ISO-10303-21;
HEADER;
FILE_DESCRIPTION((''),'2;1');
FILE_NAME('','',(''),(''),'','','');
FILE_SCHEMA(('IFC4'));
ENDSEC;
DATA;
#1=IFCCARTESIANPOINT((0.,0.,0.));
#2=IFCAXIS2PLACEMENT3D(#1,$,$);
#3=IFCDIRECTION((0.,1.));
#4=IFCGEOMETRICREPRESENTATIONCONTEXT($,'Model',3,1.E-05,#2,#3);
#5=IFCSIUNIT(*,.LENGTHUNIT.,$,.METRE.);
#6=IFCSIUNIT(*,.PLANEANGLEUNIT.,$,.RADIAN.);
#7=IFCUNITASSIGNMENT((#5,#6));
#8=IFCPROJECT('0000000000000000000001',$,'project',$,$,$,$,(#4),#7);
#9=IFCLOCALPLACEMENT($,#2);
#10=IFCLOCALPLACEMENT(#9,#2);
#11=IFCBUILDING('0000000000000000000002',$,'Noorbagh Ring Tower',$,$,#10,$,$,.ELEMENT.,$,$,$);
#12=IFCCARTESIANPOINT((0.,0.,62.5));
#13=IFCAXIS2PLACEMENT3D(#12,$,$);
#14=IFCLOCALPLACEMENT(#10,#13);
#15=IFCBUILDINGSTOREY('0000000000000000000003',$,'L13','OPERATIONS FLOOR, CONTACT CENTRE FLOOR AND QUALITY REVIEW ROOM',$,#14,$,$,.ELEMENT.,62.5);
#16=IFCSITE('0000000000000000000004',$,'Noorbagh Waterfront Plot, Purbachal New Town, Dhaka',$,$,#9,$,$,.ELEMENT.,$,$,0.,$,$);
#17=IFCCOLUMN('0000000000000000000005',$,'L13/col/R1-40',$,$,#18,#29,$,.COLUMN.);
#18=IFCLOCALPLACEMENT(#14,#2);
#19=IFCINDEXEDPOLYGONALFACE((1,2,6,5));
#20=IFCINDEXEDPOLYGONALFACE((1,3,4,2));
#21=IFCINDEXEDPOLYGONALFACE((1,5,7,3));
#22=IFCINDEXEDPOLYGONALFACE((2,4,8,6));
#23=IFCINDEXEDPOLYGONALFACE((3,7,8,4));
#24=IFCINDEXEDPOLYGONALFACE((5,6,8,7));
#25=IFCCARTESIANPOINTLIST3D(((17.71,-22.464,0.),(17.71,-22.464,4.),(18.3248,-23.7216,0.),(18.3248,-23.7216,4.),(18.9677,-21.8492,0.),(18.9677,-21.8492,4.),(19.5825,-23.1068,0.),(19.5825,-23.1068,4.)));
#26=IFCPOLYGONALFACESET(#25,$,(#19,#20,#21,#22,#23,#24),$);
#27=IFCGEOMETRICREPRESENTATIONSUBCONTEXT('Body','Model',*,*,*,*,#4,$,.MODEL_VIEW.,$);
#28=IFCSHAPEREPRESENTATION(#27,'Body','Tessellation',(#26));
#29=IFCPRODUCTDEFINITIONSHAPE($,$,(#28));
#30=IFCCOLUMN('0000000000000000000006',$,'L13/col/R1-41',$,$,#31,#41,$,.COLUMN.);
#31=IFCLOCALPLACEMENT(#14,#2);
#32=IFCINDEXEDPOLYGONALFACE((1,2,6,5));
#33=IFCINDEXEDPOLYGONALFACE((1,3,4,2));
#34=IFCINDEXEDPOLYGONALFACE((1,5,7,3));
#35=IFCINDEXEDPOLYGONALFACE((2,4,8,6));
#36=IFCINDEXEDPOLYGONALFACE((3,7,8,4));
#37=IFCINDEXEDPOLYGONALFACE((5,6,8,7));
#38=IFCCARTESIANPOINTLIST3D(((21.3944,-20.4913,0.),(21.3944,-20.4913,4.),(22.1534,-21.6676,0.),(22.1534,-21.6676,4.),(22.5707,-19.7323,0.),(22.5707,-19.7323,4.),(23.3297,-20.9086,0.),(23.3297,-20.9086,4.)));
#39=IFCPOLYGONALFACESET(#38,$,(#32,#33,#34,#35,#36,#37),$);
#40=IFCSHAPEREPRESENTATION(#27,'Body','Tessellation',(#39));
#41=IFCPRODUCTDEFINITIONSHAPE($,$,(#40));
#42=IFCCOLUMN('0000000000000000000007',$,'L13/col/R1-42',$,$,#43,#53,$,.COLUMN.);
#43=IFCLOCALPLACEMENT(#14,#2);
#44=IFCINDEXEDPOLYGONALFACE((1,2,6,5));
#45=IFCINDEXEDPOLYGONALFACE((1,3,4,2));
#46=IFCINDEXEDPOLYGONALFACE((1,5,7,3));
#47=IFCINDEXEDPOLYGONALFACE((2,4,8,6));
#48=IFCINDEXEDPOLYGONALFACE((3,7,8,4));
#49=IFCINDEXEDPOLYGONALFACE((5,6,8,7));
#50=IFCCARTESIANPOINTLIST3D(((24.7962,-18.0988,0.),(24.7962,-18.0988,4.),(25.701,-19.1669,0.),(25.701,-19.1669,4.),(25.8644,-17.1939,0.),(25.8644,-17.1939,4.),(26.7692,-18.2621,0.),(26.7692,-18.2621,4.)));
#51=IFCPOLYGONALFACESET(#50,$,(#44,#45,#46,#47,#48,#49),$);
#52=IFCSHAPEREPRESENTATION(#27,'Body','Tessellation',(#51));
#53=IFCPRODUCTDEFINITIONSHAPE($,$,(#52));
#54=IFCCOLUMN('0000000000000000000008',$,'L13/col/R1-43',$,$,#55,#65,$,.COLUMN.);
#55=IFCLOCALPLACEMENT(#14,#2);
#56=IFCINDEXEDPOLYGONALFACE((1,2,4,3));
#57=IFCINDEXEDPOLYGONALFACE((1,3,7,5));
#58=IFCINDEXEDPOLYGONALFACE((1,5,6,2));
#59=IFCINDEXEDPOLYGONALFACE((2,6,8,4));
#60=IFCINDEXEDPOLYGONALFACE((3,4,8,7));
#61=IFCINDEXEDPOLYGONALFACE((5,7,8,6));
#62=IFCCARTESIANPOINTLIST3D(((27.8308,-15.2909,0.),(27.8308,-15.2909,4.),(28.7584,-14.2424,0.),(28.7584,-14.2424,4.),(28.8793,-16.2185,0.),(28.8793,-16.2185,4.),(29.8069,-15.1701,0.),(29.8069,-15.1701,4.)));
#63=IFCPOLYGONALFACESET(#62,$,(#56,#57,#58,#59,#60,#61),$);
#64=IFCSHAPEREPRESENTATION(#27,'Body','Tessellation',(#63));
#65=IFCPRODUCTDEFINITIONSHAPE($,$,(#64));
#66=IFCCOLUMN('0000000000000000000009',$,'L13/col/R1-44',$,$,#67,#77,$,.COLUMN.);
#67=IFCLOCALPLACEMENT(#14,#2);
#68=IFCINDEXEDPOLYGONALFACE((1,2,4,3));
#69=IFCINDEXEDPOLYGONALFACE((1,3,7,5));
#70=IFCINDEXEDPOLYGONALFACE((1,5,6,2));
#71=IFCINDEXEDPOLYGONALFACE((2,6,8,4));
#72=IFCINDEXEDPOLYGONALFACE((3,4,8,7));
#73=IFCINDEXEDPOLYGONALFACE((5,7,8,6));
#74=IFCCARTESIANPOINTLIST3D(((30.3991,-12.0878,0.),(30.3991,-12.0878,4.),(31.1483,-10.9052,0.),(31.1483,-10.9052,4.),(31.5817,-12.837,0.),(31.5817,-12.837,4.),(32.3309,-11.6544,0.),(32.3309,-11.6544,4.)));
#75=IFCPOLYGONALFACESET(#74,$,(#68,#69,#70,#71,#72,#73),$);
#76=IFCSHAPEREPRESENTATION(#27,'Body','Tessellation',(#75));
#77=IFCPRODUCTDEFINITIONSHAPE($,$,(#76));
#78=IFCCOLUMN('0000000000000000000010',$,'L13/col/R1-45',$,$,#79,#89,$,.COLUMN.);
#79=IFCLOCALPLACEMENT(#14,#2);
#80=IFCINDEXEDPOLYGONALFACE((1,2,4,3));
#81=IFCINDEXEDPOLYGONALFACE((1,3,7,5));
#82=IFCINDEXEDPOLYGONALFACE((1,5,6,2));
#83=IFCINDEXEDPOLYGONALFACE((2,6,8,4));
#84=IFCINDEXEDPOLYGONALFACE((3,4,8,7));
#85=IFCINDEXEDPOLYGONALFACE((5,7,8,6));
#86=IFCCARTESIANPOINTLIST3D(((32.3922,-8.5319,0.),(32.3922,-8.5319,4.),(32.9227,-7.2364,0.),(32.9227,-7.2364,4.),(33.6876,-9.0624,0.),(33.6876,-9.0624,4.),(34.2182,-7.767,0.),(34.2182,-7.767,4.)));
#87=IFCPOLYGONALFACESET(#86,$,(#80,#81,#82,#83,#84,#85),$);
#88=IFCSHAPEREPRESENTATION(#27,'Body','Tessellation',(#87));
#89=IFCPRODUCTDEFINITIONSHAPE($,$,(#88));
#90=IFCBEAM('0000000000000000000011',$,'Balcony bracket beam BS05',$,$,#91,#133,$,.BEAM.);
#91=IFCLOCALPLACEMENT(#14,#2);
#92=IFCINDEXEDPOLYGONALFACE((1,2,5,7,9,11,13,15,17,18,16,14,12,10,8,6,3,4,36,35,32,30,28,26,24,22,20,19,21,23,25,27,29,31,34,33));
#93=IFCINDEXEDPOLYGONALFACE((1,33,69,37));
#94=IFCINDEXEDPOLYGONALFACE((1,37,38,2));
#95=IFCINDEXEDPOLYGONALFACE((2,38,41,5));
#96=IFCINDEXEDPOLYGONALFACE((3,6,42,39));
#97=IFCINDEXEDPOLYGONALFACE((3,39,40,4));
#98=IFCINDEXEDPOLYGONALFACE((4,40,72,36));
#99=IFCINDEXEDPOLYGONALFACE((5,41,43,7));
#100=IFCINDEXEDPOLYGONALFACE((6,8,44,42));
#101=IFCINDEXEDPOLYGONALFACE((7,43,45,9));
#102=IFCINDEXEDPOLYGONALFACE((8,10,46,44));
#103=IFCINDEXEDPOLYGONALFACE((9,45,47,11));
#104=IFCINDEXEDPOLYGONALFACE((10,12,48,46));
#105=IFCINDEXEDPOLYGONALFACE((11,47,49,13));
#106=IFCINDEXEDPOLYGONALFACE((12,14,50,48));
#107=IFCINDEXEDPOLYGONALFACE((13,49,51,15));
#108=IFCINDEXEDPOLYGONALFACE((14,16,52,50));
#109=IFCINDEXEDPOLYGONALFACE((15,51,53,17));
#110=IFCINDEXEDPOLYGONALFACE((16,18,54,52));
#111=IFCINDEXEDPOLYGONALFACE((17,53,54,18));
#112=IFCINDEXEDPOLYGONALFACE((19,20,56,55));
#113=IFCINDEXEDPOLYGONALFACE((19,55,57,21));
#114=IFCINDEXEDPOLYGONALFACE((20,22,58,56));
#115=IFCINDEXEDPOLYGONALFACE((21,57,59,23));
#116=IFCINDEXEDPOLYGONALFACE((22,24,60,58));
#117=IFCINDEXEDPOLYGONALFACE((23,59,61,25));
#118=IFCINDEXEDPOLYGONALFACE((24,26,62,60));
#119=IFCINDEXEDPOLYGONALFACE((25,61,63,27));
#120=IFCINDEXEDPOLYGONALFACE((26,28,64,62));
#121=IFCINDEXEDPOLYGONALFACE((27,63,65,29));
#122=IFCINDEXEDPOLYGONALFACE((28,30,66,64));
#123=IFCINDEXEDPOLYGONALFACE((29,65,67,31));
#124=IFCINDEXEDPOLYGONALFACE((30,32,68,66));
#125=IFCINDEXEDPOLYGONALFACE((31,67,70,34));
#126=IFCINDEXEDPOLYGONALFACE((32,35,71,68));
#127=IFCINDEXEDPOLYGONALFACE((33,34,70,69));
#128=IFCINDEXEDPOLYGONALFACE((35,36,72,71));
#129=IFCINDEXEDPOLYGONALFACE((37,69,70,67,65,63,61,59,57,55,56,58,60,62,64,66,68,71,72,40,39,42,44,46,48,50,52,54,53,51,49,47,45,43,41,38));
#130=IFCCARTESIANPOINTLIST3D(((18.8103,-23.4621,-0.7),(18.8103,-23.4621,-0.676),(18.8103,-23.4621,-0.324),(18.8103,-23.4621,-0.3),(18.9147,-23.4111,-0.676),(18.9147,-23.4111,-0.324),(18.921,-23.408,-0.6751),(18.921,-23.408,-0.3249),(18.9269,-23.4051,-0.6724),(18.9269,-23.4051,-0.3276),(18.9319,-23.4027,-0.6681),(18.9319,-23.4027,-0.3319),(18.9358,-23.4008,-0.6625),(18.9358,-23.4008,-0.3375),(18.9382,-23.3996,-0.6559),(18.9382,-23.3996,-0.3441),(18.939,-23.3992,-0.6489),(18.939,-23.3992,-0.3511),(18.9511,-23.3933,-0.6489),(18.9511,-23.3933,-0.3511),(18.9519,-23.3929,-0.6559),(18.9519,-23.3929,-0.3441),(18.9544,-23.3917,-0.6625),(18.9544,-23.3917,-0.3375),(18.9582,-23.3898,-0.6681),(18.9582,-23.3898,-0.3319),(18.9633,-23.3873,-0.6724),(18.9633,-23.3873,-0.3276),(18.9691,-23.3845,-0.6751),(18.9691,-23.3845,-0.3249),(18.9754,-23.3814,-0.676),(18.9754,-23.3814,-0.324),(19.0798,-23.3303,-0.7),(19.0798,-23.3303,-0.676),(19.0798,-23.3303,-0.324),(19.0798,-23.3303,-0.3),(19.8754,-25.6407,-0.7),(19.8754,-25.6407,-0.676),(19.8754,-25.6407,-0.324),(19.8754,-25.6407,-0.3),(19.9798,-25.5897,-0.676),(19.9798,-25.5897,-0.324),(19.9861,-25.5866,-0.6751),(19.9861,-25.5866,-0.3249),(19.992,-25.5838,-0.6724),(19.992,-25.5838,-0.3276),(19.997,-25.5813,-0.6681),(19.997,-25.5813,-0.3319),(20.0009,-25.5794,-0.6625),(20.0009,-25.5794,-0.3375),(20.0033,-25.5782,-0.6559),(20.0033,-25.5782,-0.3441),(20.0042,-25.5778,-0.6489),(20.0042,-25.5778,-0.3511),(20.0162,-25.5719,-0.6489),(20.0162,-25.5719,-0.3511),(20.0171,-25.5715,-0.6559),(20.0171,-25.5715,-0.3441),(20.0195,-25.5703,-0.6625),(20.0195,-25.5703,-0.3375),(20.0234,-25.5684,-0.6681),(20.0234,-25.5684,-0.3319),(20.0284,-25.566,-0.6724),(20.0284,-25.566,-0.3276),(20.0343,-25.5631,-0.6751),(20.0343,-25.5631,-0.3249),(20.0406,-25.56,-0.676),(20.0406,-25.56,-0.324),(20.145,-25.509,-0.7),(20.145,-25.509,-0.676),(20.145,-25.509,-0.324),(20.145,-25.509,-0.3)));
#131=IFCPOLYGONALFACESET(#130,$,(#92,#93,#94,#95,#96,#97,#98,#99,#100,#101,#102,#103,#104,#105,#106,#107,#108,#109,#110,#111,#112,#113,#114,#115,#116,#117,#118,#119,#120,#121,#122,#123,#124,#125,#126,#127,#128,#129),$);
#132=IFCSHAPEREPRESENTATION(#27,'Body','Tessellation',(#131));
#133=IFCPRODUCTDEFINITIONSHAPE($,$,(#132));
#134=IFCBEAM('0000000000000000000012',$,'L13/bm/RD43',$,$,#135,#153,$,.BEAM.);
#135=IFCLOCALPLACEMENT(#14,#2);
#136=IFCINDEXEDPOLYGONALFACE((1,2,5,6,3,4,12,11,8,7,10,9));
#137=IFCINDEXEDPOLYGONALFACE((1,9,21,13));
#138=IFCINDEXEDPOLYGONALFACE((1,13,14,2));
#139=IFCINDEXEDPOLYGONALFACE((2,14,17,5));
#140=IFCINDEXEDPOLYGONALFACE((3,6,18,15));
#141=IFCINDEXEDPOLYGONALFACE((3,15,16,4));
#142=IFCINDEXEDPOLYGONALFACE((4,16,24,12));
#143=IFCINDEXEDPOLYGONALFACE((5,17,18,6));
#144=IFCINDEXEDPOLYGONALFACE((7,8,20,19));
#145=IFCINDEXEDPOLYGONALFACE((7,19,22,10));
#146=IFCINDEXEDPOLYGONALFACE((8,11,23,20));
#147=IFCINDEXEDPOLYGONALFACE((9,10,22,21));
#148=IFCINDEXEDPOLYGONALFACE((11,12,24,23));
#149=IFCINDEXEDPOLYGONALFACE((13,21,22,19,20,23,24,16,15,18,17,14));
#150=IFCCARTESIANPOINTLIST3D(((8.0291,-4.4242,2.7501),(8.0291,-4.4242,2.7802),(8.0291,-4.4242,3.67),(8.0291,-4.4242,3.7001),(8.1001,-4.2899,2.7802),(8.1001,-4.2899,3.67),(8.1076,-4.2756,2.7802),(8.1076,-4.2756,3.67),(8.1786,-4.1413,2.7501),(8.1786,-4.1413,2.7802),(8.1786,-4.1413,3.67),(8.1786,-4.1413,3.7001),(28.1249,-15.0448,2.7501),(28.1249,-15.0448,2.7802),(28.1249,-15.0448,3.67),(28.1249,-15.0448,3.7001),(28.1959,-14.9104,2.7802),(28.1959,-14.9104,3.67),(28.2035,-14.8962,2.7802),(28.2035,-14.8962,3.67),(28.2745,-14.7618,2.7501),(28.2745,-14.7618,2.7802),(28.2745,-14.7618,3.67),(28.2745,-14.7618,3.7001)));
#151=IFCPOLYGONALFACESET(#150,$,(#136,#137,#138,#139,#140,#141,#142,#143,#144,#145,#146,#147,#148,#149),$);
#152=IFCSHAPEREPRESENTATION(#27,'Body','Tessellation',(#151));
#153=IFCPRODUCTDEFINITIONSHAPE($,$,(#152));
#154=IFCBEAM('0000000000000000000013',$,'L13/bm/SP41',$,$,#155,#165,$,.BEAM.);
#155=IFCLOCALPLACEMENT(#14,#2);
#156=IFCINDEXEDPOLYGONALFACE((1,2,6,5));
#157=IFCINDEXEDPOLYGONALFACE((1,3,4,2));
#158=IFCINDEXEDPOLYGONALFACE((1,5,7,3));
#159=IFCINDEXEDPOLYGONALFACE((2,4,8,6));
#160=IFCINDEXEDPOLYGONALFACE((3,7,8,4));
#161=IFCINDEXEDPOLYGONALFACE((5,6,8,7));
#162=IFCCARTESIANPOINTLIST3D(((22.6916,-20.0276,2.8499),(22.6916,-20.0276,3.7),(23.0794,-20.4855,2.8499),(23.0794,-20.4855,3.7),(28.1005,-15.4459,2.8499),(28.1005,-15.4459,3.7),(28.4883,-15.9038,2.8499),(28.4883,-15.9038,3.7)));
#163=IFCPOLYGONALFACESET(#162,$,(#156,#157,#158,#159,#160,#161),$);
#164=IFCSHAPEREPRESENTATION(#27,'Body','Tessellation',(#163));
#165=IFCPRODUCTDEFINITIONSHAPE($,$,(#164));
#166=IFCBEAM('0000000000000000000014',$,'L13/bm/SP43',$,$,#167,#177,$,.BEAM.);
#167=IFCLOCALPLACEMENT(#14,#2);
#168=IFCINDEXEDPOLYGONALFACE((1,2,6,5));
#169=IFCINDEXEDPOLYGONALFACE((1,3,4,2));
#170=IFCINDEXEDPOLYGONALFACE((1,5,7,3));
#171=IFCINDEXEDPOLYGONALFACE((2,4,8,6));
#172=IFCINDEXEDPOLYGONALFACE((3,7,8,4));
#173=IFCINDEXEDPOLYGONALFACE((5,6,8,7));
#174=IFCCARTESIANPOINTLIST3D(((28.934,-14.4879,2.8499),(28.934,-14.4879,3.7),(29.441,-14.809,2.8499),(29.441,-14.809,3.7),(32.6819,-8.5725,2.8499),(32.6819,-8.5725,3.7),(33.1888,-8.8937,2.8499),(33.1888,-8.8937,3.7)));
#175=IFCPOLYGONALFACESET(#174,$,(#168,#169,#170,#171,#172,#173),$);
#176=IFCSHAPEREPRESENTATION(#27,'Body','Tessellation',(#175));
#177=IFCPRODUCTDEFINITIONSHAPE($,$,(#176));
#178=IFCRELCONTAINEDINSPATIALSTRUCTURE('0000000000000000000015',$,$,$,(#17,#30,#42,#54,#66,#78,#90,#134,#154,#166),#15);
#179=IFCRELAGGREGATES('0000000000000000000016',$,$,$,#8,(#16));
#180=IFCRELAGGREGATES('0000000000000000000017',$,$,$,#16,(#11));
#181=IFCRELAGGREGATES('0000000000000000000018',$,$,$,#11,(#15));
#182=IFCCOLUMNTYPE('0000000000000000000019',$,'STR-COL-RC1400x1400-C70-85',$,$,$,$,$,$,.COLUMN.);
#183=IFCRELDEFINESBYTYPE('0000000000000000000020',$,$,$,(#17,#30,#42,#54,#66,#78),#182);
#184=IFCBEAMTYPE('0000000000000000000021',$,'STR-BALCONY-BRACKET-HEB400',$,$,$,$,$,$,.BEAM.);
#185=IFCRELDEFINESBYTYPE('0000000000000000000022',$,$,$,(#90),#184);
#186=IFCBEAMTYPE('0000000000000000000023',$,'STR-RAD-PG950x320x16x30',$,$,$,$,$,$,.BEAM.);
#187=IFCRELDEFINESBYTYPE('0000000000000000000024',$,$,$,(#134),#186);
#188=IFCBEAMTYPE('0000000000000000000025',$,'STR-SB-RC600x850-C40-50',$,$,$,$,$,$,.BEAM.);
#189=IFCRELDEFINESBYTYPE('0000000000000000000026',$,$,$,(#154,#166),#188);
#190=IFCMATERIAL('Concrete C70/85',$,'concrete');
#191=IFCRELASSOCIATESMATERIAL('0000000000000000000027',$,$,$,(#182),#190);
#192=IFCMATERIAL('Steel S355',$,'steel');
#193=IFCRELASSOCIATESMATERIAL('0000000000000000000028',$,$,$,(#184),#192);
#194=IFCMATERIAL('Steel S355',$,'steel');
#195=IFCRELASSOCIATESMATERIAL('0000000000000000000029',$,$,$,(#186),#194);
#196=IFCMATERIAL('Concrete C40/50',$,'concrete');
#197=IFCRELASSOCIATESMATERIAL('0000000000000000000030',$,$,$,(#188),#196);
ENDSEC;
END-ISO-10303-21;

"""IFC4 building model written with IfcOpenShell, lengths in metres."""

from ifc_helpers import new_model, si_unit, direction, frame, origin, origin_2d, place, context, subcontext, project, spatial, rectangle, i_section, extrude, material, material_profile, profile_set, type_object, element, save


model = new_model("IFC4")

# Units and contexts
model_context = context("Model", 3, precision=1e-05, world=origin(), true_north=direction((0.0, 1.0)))
body_context = subcontext(model_context, "Body", "Model", "MODEL_VIEW")
ifc_project = project(units=[si_unit("LENGTHUNIT", "METRE"), si_unit("PLANEANGLEUNIT", "RADIAN")], contexts=[model_context])

# Site, building, storey
site_placement = place(None, origin())
site = spatial("IfcSite", under=ifc_project, at=site_placement, Name="Noorbagh Waterfront Plot, Purbachal New Town, Dhaka", CompositionType="ELEMENT", RefElevation=0.0)
building_placement = place(site_placement, origin())
building = spatial("IfcBuilding", under=site, at=building_placement, Name="Noorbagh Ring Tower", CompositionType="ELEMENT")
storey_placement = place(building_placement, frame((0.0, 0.0, 62.5)))
storey = spatial("IfcBuildingStorey", under=building, at=storey_placement, Name="L13", Description="OPERATIONS FLOOR, CONTACT CENTRE FLOOR AND QUALITY REVIEW ROOM", CompositionType="ELEMENT", Elevation=62.5)

# Columns
ifc_material_1 = material(Name="Concrete C70/85", Category="concrete")
ifc_material_profile_1 = material_profile(ifc_material_1, rectangle(XDim=1.3999, YDim=1.3999, at=origin_2d()), Name="RC1400x1400")
ifc_profile_set_1 = profile_set([ifc_material_profile_1], Name="Concrete C70/85")
column_type = type_object("IfcColumnType", Name="STR-COL-RC1400x1400-C70-85", PredefinedType="COLUMN", material=ifc_profile_set_1)
for number, where, z_axis, x_axis, name in (
    (1, (18.6462, -22.7854, 0.0), (0.0, 0.0, 1.0), (0.898399, 0.43918, 0.0), "L13/col/R1-40"),
    (2, (22.3621, -20.7, 0.0), (0.0, 0.0, 1.0), (0.840248, 0.542203, 0.0), "L13/col/R1-41"),
    (3, (25.7827, -18.1804, 0.0), (0.0, 0.0, 1.0), (0.763035, 0.646357, 0.0), "L13/col/R1-42"),
    (4, (28.8188, -15.2305, 0.0), (0.0, 0.0, 1.0), (0.662636, 0.748942, 0.0), "L13/col/R1-43"),
    (5, (31.365, -11.8711, 0.0), (0.0, 0.0, 1.0), (0.53519, 0.844731, 0.0), "L13/col/R1-44"),
    (6, (33.3052, -8.1494, 0.0), (0.0, 0.0, 1.0), (0.378989, 0.925401, 0.0), "L13/col/R1-45"),
):
    element("IfcColumn", number, at=place(storey_placement, frame(where, z_axis=z_axis, x_axis=x_axis)), inside=storey, type_object=column_type, Name=name, PredefinedType="COLUMN", context=body_context, shape_type="SweptSolid", body=[
        extrude(rectangle(XDim=1.3999, YDim=1.3999, at=origin_2d()), origin(), (0.0, 0.0, 1.0), 4.0),
    ])

# Beams
ifc_material_2 = material(Name="Steel S355", Category="steel")
ifc_material_profile_2 = material_profile(ifc_material_2, i_section(OverallWidth=0.3, OverallDepth=0.3999, WebThickness=0.0134, FlangeThickness=0.0239, FilletRadius=0.0271, at=origin_2d()), Name="HEB400")
ifc_profile_set_2 = profile_set([ifc_material_profile_2], Name="Steel S355")
beam_type_1 = type_object("IfcBeamType", Name="STR-BALCONY-BRACKET-HEB400", PredefinedType="BEAM", material=ifc_profile_set_2)
beam_1_placement = place(storey_placement, frame((18.9451, -23.3962, -0.5), z_axis=(0.439223, -0.898378, 0.0), x_axis=(0.898378, 0.439223, 0.0)))
element("IfcBeam", 7, at=beam_1_placement, inside=storey, type_object=beam_type_1, Name="Balcony bracket beam BS05", PredefinedType="BEAM", context=body_context, shape_type="SweptSolid", body=[
    extrude(i_section(OverallWidth=0.3, OverallDepth=0.3999, WebThickness=0.0134, FlangeThickness=0.0239, FilletRadius=0.0271, at=origin_2d()), origin(), (0.0, 0.0, 1.0), 2.425),
])
ifc_material_3 = material(Name="Steel S355", Category="steel")
ifc_material_profile_3 = material_profile(ifc_material_3, i_section(OverallWidth=0.3201, OverallDepth=0.95, WebThickness=0.0161, FlangeThickness=0.03, at=origin_2d()), Name="PG950x320x16x30")
ifc_profile_set_3 = profile_set([ifc_material_profile_3], Name="Steel S355")
beam_type_2 = type_object("IfcBeamType", Name="STR-RAD-PG950x320x16x30", PredefinedType="BEAM", material=ifc_profile_set_3)
beam_2_placement = place(storey_placement, frame((28.1997, -14.9033, 3.2251), z_axis=(-0.884123, 0.467254, 0.0), x_axis=(-0.467254, -0.884123, 0.0)))
element("IfcBeam", 8, at=beam_2_placement, inside=storey, type_object=beam_type_2, Name="L13/bm/RD43", PredefinedType="BEAM", context=body_context, shape_type="SweptSolid", body=[
    extrude(i_section(OverallWidth=0.3201, OverallDepth=0.95, WebThickness=0.0161, FlangeThickness=0.03, at=origin_2d()), origin(), (0.0, 0.0, 1.0), 22.7297),
])
ifc_material_4 = material(Name="Concrete C40/50", Category="concrete")
ifc_material_profile_4 = material_profile(ifc_material_4, rectangle(XDim=0.6001, YDim=0.8501, at=origin_2d()), Name="RC600x850")
ifc_profile_set_4 = profile_set([ifc_material_profile_4], Name="Concrete C40/50")
beam_type_3 = type_object("IfcBeamType", Name="STR-SB-RC600x850-C40-50", PredefinedType="BEAM", material=ifc_profile_set_4)
beam_3_placement = place(storey_placement, frame((22.8855, -20.2566, 3.2749), z_axis=(0.763039, 0.646353, 0.0), x_axis=(-0.646353, 0.763039, 0.0)))
element("IfcBeam", 9, at=beam_3_placement, inside=storey, type_object=beam_type_3, Name="L13/bm/SP41", PredefinedType="BEAM", context=body_context, shape_type="SweptSolid", body=[
    extrude(rectangle(XDim=0.6001, YDim=0.8501, at=origin_2d()), origin(), (0.0, 0.0, 1.0), 7.0886),
])
beam_4_placement = place(storey_placement, frame((29.1875, -14.6484, 3.2749), z_axis=(0.535201, 0.844725, 0.0), x_axis=(-0.844725, 0.535201, 0.0)))
element("IfcBeam", 10, at=beam_4_placement, inside=storey, type_object=beam_type_3, Name="L13/bm/SP43", PredefinedType="BEAM", context=body_context, shape_type="SweptSolid", body=[
    extrude(rectangle(XDim=0.6001, YDim=0.8501, at=origin_2d()), origin(), (0.0, 0.0, 1.0), 7.0027),
])

save(model, "model.ifc")
